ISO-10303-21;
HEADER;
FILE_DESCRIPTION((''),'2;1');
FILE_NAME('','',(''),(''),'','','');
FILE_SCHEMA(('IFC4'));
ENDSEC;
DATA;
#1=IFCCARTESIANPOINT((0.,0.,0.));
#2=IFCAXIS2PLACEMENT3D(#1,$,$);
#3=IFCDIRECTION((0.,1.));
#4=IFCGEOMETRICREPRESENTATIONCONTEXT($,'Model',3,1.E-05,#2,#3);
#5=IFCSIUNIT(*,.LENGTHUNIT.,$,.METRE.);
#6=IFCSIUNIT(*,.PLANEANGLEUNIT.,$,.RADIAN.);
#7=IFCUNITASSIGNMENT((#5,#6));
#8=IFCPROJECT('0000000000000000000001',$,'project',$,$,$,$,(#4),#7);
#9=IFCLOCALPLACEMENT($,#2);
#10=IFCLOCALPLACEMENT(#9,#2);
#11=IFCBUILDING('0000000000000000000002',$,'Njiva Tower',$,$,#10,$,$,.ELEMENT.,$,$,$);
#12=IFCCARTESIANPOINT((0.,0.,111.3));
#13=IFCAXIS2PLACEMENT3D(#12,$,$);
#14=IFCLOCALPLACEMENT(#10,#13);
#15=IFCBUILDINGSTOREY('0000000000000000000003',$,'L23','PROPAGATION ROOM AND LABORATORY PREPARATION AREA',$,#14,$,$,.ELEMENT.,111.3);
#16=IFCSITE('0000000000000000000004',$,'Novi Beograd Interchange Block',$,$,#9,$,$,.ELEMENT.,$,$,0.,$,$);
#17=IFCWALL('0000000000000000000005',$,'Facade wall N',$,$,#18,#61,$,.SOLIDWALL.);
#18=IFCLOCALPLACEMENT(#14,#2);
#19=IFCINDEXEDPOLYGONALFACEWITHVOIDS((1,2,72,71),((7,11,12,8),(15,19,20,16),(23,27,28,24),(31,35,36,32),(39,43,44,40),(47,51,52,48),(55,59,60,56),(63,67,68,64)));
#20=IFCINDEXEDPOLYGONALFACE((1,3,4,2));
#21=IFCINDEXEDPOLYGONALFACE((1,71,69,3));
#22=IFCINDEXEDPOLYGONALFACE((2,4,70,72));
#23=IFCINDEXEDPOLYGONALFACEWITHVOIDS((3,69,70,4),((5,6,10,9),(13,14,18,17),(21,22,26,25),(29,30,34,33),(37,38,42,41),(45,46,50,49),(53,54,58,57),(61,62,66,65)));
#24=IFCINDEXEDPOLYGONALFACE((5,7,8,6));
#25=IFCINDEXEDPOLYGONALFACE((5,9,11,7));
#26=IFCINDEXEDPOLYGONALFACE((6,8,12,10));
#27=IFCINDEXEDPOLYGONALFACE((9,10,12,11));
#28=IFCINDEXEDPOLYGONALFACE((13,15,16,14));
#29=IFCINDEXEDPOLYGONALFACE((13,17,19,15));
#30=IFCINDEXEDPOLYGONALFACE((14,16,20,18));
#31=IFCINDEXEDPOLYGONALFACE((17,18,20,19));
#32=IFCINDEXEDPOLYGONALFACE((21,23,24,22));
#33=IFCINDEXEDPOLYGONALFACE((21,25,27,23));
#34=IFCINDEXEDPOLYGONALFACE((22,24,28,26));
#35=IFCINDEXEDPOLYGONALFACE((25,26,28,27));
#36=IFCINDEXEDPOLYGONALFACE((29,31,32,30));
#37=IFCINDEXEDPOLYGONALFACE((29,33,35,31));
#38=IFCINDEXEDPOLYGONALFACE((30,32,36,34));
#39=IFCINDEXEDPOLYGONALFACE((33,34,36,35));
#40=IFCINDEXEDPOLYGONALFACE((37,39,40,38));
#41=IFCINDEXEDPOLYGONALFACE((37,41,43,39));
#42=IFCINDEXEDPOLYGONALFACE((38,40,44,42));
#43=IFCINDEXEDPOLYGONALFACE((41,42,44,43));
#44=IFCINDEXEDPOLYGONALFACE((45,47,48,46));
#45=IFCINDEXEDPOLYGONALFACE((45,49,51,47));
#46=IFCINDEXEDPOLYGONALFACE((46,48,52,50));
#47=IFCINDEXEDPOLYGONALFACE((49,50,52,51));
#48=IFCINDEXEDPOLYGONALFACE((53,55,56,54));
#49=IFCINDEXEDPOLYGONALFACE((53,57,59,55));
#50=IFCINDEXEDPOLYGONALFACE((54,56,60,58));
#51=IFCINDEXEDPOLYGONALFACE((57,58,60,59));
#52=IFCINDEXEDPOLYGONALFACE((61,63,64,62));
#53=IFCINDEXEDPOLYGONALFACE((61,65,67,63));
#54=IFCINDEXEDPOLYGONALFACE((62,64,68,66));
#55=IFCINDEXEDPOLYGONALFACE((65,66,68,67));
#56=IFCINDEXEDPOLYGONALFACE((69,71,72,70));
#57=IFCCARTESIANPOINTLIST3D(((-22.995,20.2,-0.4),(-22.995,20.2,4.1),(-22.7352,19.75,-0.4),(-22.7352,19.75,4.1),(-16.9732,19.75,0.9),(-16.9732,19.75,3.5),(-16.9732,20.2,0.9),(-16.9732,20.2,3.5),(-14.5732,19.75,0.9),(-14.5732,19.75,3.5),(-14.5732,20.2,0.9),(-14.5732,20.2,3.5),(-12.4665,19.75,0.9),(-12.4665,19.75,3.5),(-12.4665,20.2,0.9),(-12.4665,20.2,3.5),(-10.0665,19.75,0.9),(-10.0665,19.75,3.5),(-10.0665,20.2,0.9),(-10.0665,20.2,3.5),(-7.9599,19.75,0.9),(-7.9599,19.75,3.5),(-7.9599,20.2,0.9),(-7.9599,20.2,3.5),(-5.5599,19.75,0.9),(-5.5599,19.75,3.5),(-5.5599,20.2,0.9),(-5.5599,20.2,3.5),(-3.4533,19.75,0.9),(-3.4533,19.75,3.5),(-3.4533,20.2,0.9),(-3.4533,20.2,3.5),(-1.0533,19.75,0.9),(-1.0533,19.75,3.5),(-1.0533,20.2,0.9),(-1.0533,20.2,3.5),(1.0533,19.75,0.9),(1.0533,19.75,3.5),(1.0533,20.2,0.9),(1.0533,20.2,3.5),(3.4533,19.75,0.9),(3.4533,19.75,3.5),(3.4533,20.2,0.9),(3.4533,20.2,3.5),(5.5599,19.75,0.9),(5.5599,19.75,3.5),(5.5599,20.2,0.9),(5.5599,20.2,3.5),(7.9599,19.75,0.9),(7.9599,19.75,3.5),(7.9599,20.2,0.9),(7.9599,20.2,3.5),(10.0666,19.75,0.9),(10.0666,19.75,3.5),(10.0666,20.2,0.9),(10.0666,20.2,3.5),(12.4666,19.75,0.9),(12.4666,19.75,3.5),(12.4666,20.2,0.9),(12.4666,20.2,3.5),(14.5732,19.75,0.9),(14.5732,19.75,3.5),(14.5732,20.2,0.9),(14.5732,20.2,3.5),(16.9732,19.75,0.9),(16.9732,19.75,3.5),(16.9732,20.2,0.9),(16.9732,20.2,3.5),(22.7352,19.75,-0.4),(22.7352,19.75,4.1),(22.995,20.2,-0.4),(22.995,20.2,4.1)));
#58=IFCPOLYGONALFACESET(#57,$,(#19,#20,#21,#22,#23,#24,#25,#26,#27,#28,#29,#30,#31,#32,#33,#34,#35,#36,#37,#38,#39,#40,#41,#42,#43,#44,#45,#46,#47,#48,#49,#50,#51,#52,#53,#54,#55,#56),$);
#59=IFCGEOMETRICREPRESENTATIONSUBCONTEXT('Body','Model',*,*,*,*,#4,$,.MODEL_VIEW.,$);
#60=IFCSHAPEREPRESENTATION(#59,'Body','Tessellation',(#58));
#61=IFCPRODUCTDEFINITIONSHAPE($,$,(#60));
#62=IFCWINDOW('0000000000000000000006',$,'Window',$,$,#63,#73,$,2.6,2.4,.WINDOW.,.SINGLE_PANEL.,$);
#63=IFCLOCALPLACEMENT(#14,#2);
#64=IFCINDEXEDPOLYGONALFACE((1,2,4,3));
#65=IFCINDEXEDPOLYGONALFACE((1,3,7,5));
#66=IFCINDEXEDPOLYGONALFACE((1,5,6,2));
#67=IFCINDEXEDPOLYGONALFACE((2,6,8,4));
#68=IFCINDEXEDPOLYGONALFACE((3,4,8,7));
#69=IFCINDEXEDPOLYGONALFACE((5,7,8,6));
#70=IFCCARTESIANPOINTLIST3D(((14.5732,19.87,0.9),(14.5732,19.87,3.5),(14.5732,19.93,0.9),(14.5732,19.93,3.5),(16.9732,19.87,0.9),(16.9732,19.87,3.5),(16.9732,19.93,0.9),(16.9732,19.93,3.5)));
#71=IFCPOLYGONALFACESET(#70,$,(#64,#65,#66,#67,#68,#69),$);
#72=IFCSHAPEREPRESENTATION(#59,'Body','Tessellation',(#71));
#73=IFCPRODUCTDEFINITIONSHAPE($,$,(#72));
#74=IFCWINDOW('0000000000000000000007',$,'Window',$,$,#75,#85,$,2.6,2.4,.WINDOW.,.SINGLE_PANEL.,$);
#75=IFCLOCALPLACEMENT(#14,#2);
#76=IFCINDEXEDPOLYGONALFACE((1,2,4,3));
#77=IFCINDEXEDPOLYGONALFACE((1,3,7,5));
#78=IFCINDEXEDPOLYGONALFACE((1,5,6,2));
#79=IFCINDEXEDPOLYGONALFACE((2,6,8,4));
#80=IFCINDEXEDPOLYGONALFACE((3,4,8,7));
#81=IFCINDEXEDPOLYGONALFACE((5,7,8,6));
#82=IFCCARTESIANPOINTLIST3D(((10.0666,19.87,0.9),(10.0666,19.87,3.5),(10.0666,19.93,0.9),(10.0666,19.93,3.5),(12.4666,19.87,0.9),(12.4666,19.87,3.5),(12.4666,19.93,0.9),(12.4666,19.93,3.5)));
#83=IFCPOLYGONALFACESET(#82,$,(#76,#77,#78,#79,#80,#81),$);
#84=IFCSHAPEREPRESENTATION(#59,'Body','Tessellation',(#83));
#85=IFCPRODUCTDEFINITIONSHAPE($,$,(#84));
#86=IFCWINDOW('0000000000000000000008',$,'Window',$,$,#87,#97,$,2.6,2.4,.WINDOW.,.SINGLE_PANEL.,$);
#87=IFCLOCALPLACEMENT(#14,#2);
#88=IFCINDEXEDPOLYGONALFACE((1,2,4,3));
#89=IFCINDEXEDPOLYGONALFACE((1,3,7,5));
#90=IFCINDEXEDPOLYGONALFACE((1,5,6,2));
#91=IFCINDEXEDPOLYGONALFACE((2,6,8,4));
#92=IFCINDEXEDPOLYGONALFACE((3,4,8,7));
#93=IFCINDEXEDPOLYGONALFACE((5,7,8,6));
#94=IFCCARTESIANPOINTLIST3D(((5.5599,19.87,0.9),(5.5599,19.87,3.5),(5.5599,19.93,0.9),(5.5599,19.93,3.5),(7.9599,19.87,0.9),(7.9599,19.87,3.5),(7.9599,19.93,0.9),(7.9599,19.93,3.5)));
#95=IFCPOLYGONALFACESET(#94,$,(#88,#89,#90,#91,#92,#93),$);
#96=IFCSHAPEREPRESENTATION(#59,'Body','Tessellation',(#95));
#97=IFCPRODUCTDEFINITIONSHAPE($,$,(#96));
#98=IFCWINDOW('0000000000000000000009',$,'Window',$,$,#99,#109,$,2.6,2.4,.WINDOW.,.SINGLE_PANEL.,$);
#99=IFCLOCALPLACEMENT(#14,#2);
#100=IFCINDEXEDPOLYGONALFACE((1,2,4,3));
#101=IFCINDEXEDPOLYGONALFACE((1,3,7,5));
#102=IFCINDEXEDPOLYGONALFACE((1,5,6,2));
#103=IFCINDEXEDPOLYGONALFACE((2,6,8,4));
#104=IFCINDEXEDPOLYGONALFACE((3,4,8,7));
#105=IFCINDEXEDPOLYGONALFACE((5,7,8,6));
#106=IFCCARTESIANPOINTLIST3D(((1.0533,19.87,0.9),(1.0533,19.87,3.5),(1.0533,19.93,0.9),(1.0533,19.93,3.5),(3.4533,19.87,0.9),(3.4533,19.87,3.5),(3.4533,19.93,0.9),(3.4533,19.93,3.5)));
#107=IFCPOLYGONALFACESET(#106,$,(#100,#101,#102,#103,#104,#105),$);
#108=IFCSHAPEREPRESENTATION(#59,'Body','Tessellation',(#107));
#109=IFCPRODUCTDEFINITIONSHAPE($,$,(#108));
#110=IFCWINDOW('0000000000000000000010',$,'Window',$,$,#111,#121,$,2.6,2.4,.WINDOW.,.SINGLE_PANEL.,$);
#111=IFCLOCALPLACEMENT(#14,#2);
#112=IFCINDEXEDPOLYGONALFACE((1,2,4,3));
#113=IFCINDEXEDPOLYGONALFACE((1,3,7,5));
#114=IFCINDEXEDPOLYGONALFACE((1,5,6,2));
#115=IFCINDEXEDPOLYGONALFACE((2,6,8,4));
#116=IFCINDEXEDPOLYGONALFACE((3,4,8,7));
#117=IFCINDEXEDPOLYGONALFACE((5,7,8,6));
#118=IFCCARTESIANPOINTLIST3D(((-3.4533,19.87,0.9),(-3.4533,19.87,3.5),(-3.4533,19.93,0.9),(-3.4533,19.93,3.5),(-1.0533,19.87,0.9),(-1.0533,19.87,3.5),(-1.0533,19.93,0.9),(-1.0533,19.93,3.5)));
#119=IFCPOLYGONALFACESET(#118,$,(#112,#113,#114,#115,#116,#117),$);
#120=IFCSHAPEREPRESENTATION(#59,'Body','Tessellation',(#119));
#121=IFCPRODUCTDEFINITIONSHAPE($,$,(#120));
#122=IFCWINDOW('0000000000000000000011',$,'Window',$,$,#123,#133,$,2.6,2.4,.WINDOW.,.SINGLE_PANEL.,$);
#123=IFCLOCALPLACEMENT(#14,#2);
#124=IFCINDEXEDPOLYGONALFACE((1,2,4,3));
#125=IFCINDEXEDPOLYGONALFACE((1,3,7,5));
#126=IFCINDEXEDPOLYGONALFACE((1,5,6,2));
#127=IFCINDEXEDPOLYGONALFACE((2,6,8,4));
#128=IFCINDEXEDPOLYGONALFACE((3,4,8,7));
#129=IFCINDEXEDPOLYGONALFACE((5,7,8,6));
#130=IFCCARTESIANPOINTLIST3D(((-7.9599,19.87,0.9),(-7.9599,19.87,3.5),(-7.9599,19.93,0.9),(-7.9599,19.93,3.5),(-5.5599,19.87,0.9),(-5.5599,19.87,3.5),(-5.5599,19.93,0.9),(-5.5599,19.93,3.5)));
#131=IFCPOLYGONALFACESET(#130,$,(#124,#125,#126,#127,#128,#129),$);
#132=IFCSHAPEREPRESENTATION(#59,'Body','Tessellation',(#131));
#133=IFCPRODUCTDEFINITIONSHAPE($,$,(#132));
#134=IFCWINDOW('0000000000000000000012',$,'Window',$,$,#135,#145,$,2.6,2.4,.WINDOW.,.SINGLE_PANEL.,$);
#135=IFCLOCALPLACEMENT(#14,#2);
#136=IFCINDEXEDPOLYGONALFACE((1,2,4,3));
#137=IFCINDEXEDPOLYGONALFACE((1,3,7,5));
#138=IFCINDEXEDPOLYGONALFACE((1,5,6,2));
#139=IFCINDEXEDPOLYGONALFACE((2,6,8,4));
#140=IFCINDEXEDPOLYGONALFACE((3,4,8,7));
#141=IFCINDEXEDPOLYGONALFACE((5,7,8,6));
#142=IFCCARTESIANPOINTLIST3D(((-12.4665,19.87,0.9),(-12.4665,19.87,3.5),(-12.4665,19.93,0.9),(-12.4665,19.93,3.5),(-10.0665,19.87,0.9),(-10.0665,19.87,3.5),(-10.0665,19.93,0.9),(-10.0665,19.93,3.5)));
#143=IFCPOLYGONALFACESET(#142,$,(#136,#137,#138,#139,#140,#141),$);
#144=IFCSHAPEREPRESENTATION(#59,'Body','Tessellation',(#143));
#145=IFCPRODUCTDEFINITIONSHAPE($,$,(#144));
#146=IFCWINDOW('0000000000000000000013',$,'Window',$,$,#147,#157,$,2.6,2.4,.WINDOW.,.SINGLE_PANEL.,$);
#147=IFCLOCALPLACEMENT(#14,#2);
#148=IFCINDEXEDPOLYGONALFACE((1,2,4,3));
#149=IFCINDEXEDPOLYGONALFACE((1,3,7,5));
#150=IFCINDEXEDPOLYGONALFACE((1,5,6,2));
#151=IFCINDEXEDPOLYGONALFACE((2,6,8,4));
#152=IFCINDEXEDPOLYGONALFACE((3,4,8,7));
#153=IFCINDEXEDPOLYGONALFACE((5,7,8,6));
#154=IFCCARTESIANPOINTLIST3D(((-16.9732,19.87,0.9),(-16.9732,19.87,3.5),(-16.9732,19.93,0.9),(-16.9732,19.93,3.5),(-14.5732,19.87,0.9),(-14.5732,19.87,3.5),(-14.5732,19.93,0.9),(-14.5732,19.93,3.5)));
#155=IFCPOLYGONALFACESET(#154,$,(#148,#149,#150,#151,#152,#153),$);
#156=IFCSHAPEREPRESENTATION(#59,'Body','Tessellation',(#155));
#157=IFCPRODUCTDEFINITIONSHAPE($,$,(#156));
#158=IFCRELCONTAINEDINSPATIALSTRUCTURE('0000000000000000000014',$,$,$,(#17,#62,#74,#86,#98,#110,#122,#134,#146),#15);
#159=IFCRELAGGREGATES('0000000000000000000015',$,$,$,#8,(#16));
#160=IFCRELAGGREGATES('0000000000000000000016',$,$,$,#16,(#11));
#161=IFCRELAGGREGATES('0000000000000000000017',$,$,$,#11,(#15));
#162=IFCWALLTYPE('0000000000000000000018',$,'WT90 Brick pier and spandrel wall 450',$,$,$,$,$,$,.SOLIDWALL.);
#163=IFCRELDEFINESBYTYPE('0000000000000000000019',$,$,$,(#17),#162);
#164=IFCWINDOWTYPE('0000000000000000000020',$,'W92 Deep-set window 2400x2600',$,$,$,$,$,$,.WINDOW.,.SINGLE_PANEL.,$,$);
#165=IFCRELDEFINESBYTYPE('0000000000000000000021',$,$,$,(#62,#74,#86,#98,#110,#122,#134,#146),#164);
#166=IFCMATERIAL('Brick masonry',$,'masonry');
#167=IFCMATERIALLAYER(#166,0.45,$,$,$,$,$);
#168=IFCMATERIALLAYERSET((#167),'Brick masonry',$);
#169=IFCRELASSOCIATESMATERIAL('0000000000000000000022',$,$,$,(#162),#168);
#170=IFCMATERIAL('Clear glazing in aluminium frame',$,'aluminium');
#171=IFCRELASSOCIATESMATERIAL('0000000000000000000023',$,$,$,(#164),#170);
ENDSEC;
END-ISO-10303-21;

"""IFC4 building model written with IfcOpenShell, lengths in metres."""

from ifc_helpers import new_model, si_unit, direction, frame, frame_2d, origin, place, context, subcontext, project, spatial, polyline, rectangle, outline, extrude, material, layer, layer_set, type_object, element, fill, save


model = new_model("IFC4")

# Units and contexts
model_context = context("Model", 3, precision=1e-05, world=origin(), true_north=direction((0.0, 1.0)))
body_context = subcontext(model_context, "Body", "Model", "MODEL_VIEW")
ifc_project = project(units=[si_unit("LENGTHUNIT", "METRE"), si_unit("PLANEANGLEUNIT", "RADIAN")], contexts=[model_context])

# Site, building, storey
site_placement = place(None, origin())
site = spatial("IfcSite", under=ifc_project, at=site_placement, Name="Novi Beograd Interchange Block", CompositionType="ELEMENT", RefElevation=0.0)
building_placement = place(site_placement, origin())
building = spatial("IfcBuilding", under=site, at=building_placement, Name="Njiva Tower", CompositionType="ELEMENT")
storey_placement = place(building_placement, frame((0.0, 0.0, 111.3)))
storey = spatial("IfcBuildingStorey", under=building, at=storey_placement, Name="L23", Description="PROPAGATION ROOM AND LABORATORY PREPARATION AREA", CompositionType="ELEMENT", Elevation=111.3)

# Wall, openings, windows
ifc_material_1 = material(Name="Brick masonry", Category="masonry")
ifc_layer_1 = layer(ifc_material_1, 0.45)
ifc_layer_set_1 = layer_set([ifc_layer_1], Name="Brick masonry")
wall_type_1 = type_object("IfcWallType", Name="WT90 Brick pier and spandrel wall 450", PredefinedType="SOLIDWALL", material=ifc_layer_set_1)
wall_1_placement = place(storey_placement, frame((22.8651, 19.975, -0.4), z_axis=(0.0, 0.0, 1.0), x_axis=(-1.0, 0.0, 0.0)))
wall_1 = element("IfcWall", 1, at=wall_1_placement, inside=storey, type_object=wall_type_1, Name="Facade wall N", PredefinedType="SOLIDWALL", context=body_context, shape_type="SweptSolid", body=[
    extrude(outline(polyline([(-0.1299, -0.225), (45.8601, -0.225), (45.6003, 0.225), (0.1299, 0.225), (-0.1299, -0.225)])), origin(), (0.0, 0.0, 1.0), 4.5),
])
opening_1_placement = place(wall_1_placement, frame((5.8919, 0.0, 1.3)))
opening_1 = element("IfcOpeningElement", 2, at=opening_1_placement, cuts=wall_1, PredefinedType="OPENING", context=body_context, shape_type="SweptSolid", body=[
    extrude(rectangle(XDim=2.4, YDim=2.6, at=frame_2d((1.2, 1.3))), frame((0.0, 0.235, 0.0), z_axis=(0.0, -1.0, 0.0), x_axis=(1.0, 0.0, 0.0)), (0.0, 0.0, 1.0), 0.47),
])
opening_2_placement = place(wall_1_placement, frame((10.3985, 0.0, 1.3)))
opening_2 = element("IfcOpeningElement", 3, at=opening_2_placement, cuts=wall_1, PredefinedType="OPENING", context=body_context, shape_type="SweptSolid", body=[
    extrude(rectangle(XDim=2.4, YDim=2.6, at=frame_2d((1.2, 1.3))), frame((0.0, 0.235, 0.0), z_axis=(0.0, -1.0, 0.0), x_axis=(1.0, 0.0, 0.0)), (0.0, 0.0, 1.0), 0.47),
])
opening_3_placement = place(wall_1_placement, frame((14.9052, 0.0, 1.3)))
opening_3 = element("IfcOpeningElement", 4, at=opening_3_placement, cuts=wall_1, PredefinedType="OPENING", context=body_context, shape_type="SweptSolid", body=[
    extrude(rectangle(XDim=2.4, YDim=2.6, at=frame_2d((1.2, 1.3))), frame((0.0, 0.235, 0.0), z_axis=(0.0, -1.0, 0.0), x_axis=(1.0, 0.0, 0.0)), (0.0, 0.0, 1.0), 0.47),
])
opening_4_placement = place(wall_1_placement, frame((19.4118, 0.0, 1.3)))
opening_4 = element("IfcOpeningElement", 5, at=opening_4_placement, cuts=wall_1, PredefinedType="OPENING", context=body_context, shape_type="SweptSolid", body=[
    extrude(rectangle(XDim=2.4, YDim=2.6, at=frame_2d((1.2, 1.3))), frame((0.0, 0.235, 0.0), z_axis=(0.0, -1.0, 0.0), x_axis=(1.0, 0.0, 0.0)), (0.0, 0.0, 1.0), 0.47),
])
opening_5_placement = place(wall_1_placement, frame((23.9184, 0.0, 1.3)))
opening_5 = element("IfcOpeningElement", 6, at=opening_5_placement, cuts=wall_1, PredefinedType="OPENING", context=body_context, shape_type="SweptSolid", body=[
    extrude(rectangle(XDim=2.4, YDim=2.6, at=frame_2d((1.2, 1.3))), frame((0.0, 0.235, 0.0), z_axis=(0.0, -1.0, 0.0), x_axis=(1.0, 0.0, 0.0)), (0.0, 0.0, 1.0), 0.47),
])
opening_6_placement = place(wall_1_placement, frame((28.425, 0.0, 1.3)))
opening_6 = element("IfcOpeningElement", 7, at=opening_6_placement, cuts=wall_1, PredefinedType="OPENING", context=body_context, shape_type="SweptSolid", body=[
    extrude(rectangle(XDim=2.4, YDim=2.6, at=frame_2d((1.2, 1.3))), frame((0.0, 0.235, 0.0), z_axis=(0.0, -1.0, 0.0), x_axis=(1.0, 0.0, 0.0)), (0.0, 0.0, 1.0), 0.47),
])
opening_7_placement = place(wall_1_placement, frame((32.9316, 0.0, 1.3)))
opening_7 = element("IfcOpeningElement", 8, at=opening_7_placement, cuts=wall_1, PredefinedType="OPENING", context=body_context, shape_type="SweptSolid", body=[
    extrude(rectangle(XDim=2.4, YDim=2.6, at=frame_2d((1.2, 1.3))), frame((0.0, 0.235, 0.0), z_axis=(0.0, -1.0, 0.0), x_axis=(1.0, 0.0, 0.0)), (0.0, 0.0, 1.0), 0.47),
])
opening_8_placement = place(wall_1_placement, frame((37.4383, 0.0, 1.3)))
opening_8 = element("IfcOpeningElement", 9, at=opening_8_placement, cuts=wall_1, PredefinedType="OPENING", context=body_context, shape_type="SweptSolid", body=[
    extrude(rectangle(XDim=2.4, YDim=2.6, at=frame_2d((1.2, 1.3))), frame((0.0, 0.235, 0.0), z_axis=(0.0, -1.0, 0.0), x_axis=(1.0, 0.0, 0.0)), (0.0, 0.0, 1.0), 0.47),
])
ifc_material_2 = material(Name="Clear glazing in aluminium frame", Category="aluminium")
window_type_1 = type_object("IfcWindowType", Name="W92 Deep-set window 2400x2600", PartitioningType="SINGLE_PANEL", PredefinedType="WINDOW", material=ifc_material_2)
window_1_placement = place(opening_1_placement, origin())
window_1 = element("IfcWindow", 10, at=window_1_placement, inside=storey, type_object=window_type_1, Name="Window", OverallHeight=2.6, OverallWidth=2.4, PartitioningType="SINGLE_PANEL", PredefinedType="WINDOW", context=body_context, shape_type="SweptSolid", body=[
    extrude(rectangle(XDim=2.4, YDim=2.6, at=frame_2d((1.2, 1.3))), frame((0.0, 0.105, 0.0), z_axis=(0.0, -1.0, 0.0), x_axis=(1.0, 0.0, 0.0)), (0.0, 0.0, 1.0), 0.06),
])
fill(opening_1, window_1)
window_2_placement = place(opening_2_placement, origin())
window_2 = element("IfcWindow", 11, at=window_2_placement, inside=storey, type_object=window_type_1, Name="Window", OverallHeight=2.6, OverallWidth=2.4, PartitioningType="SINGLE_PANEL", PredefinedType="WINDOW", context=body_context, shape_type="SweptSolid", body=[
    extrude(rectangle(XDim=2.4, YDim=2.6, at=frame_2d((1.2, 1.3))), frame((0.0, 0.105, 0.0), z_axis=(0.0, -1.0, 0.0), x_axis=(1.0, 0.0, 0.0)), (0.0, 0.0, 1.0), 0.06),
])
fill(opening_2, window_2)
window_3_placement = place(opening_3_placement, origin())
window_3 = element("IfcWindow", 12, at=window_3_placement, inside=storey, type_object=window_type_1, Name="Window", OverallHeight=2.6, OverallWidth=2.4, PartitioningType="SINGLE_PANEL", PredefinedType="WINDOW", context=body_context, shape_type="SweptSolid", body=[
    extrude(rectangle(XDim=2.4, YDim=2.6, at=frame_2d((1.2, 1.3))), frame((0.0, 0.105, 0.0), z_axis=(0.0, -1.0, 0.0), x_axis=(1.0, 0.0, 0.0)), (0.0, 0.0, 1.0), 0.06),
])
fill(opening_3, window_3)
window_4_placement = place(opening_4_placement, origin())
window_4 = element("IfcWindow", 13, at=window_4_placement, inside=storey, type_object=window_type_1, Name="Window", OverallHeight=2.6, OverallWidth=2.4, PartitioningType="SINGLE_PANEL", PredefinedType="WINDOW", context=body_context, shape_type="SweptSolid", body=[
    extrude(rectangle(XDim=2.4, YDim=2.6, at=frame_2d((1.2, 1.3))), frame((0.0, 0.105, 0.0), z_axis=(0.0, -1.0, 0.0), x_axis=(1.0, 0.0, 0.0)), (0.0, 0.0, 1.0), 0.06),
])
fill(opening_4, window_4)
window_5_placement = place(opening_5_placement, origin())
window_5 = element("IfcWindow", 14, at=window_5_placement, inside=storey, type_object=window_type_1, Name="Window", OverallHeight=2.6, OverallWidth=2.4, PartitioningType="SINGLE_PANEL", PredefinedType="WINDOW", context=body_context, shape_type="SweptSolid", body=[
    extrude(rectangle(XDim=2.4, YDim=2.6, at=frame_2d((1.2, 1.3))), frame((0.0, 0.105, 0.0), z_axis=(0.0, -1.0, 0.0), x_axis=(1.0, 0.0, 0.0)), (0.0, 0.0, 1.0), 0.06),
])
fill(opening_5, window_5)
window_6_placement = place(opening_6_placement, origin())
window_6 = element("IfcWindow", 15, at=window_6_placement, inside=storey, type_object=window_type_1, Name="Window", OverallHeight=2.6, OverallWidth=2.4, PartitioningType="SINGLE_PANEL", PredefinedType="WINDOW", context=body_context, shape_type="SweptSolid", body=[
    extrude(rectangle(XDim=2.4, YDim=2.6, at=frame_2d((1.2, 1.3))), frame((0.0, 0.105, 0.0), z_axis=(0.0, -1.0, 0.0), x_axis=(1.0, 0.0, 0.0)), (0.0, 0.0, 1.0), 0.06),
])
fill(opening_6, window_6)
window_7_placement = place(opening_7_placement, origin())
window_7 = element("IfcWindow", 16, at=window_7_placement, inside=storey, type_object=window_type_1, Name="Window", OverallHeight=2.6, OverallWidth=2.4, PartitioningType="SINGLE_PANEL", PredefinedType="WINDOW", context=body_context, shape_type="SweptSolid", body=[
    extrude(rectangle(XDim=2.4, YDim=2.6, at=frame_2d((1.2, 1.3))), frame((0.0, 0.105, 0.0), z_axis=(0.0, -1.0, 0.0), x_axis=(1.0, 0.0, 0.0)), (0.0, 0.0, 1.0), 0.06),
])
fill(opening_7, window_7)
window_8_placement = place(opening_8_placement, origin())
window_8 = element("IfcWindow", 17, at=window_8_placement, inside=storey, type_object=window_type_1, Name="Window", OverallHeight=2.6, OverallWidth=2.4, PartitioningType="SINGLE_PANEL", PredefinedType="WINDOW", context=body_context, shape_type="SweptSolid", body=[
    extrude(rectangle(XDim=2.4, YDim=2.6, at=frame_2d((1.2, 1.3))), frame((0.0, 0.105, 0.0), z_axis=(0.0, -1.0, 0.0), x_axis=(1.0, 0.0, 0.0)), (0.0, 0.0, 1.0), 0.06),
])
fill(opening_8, window_8)

save(model, "model.ifc")
